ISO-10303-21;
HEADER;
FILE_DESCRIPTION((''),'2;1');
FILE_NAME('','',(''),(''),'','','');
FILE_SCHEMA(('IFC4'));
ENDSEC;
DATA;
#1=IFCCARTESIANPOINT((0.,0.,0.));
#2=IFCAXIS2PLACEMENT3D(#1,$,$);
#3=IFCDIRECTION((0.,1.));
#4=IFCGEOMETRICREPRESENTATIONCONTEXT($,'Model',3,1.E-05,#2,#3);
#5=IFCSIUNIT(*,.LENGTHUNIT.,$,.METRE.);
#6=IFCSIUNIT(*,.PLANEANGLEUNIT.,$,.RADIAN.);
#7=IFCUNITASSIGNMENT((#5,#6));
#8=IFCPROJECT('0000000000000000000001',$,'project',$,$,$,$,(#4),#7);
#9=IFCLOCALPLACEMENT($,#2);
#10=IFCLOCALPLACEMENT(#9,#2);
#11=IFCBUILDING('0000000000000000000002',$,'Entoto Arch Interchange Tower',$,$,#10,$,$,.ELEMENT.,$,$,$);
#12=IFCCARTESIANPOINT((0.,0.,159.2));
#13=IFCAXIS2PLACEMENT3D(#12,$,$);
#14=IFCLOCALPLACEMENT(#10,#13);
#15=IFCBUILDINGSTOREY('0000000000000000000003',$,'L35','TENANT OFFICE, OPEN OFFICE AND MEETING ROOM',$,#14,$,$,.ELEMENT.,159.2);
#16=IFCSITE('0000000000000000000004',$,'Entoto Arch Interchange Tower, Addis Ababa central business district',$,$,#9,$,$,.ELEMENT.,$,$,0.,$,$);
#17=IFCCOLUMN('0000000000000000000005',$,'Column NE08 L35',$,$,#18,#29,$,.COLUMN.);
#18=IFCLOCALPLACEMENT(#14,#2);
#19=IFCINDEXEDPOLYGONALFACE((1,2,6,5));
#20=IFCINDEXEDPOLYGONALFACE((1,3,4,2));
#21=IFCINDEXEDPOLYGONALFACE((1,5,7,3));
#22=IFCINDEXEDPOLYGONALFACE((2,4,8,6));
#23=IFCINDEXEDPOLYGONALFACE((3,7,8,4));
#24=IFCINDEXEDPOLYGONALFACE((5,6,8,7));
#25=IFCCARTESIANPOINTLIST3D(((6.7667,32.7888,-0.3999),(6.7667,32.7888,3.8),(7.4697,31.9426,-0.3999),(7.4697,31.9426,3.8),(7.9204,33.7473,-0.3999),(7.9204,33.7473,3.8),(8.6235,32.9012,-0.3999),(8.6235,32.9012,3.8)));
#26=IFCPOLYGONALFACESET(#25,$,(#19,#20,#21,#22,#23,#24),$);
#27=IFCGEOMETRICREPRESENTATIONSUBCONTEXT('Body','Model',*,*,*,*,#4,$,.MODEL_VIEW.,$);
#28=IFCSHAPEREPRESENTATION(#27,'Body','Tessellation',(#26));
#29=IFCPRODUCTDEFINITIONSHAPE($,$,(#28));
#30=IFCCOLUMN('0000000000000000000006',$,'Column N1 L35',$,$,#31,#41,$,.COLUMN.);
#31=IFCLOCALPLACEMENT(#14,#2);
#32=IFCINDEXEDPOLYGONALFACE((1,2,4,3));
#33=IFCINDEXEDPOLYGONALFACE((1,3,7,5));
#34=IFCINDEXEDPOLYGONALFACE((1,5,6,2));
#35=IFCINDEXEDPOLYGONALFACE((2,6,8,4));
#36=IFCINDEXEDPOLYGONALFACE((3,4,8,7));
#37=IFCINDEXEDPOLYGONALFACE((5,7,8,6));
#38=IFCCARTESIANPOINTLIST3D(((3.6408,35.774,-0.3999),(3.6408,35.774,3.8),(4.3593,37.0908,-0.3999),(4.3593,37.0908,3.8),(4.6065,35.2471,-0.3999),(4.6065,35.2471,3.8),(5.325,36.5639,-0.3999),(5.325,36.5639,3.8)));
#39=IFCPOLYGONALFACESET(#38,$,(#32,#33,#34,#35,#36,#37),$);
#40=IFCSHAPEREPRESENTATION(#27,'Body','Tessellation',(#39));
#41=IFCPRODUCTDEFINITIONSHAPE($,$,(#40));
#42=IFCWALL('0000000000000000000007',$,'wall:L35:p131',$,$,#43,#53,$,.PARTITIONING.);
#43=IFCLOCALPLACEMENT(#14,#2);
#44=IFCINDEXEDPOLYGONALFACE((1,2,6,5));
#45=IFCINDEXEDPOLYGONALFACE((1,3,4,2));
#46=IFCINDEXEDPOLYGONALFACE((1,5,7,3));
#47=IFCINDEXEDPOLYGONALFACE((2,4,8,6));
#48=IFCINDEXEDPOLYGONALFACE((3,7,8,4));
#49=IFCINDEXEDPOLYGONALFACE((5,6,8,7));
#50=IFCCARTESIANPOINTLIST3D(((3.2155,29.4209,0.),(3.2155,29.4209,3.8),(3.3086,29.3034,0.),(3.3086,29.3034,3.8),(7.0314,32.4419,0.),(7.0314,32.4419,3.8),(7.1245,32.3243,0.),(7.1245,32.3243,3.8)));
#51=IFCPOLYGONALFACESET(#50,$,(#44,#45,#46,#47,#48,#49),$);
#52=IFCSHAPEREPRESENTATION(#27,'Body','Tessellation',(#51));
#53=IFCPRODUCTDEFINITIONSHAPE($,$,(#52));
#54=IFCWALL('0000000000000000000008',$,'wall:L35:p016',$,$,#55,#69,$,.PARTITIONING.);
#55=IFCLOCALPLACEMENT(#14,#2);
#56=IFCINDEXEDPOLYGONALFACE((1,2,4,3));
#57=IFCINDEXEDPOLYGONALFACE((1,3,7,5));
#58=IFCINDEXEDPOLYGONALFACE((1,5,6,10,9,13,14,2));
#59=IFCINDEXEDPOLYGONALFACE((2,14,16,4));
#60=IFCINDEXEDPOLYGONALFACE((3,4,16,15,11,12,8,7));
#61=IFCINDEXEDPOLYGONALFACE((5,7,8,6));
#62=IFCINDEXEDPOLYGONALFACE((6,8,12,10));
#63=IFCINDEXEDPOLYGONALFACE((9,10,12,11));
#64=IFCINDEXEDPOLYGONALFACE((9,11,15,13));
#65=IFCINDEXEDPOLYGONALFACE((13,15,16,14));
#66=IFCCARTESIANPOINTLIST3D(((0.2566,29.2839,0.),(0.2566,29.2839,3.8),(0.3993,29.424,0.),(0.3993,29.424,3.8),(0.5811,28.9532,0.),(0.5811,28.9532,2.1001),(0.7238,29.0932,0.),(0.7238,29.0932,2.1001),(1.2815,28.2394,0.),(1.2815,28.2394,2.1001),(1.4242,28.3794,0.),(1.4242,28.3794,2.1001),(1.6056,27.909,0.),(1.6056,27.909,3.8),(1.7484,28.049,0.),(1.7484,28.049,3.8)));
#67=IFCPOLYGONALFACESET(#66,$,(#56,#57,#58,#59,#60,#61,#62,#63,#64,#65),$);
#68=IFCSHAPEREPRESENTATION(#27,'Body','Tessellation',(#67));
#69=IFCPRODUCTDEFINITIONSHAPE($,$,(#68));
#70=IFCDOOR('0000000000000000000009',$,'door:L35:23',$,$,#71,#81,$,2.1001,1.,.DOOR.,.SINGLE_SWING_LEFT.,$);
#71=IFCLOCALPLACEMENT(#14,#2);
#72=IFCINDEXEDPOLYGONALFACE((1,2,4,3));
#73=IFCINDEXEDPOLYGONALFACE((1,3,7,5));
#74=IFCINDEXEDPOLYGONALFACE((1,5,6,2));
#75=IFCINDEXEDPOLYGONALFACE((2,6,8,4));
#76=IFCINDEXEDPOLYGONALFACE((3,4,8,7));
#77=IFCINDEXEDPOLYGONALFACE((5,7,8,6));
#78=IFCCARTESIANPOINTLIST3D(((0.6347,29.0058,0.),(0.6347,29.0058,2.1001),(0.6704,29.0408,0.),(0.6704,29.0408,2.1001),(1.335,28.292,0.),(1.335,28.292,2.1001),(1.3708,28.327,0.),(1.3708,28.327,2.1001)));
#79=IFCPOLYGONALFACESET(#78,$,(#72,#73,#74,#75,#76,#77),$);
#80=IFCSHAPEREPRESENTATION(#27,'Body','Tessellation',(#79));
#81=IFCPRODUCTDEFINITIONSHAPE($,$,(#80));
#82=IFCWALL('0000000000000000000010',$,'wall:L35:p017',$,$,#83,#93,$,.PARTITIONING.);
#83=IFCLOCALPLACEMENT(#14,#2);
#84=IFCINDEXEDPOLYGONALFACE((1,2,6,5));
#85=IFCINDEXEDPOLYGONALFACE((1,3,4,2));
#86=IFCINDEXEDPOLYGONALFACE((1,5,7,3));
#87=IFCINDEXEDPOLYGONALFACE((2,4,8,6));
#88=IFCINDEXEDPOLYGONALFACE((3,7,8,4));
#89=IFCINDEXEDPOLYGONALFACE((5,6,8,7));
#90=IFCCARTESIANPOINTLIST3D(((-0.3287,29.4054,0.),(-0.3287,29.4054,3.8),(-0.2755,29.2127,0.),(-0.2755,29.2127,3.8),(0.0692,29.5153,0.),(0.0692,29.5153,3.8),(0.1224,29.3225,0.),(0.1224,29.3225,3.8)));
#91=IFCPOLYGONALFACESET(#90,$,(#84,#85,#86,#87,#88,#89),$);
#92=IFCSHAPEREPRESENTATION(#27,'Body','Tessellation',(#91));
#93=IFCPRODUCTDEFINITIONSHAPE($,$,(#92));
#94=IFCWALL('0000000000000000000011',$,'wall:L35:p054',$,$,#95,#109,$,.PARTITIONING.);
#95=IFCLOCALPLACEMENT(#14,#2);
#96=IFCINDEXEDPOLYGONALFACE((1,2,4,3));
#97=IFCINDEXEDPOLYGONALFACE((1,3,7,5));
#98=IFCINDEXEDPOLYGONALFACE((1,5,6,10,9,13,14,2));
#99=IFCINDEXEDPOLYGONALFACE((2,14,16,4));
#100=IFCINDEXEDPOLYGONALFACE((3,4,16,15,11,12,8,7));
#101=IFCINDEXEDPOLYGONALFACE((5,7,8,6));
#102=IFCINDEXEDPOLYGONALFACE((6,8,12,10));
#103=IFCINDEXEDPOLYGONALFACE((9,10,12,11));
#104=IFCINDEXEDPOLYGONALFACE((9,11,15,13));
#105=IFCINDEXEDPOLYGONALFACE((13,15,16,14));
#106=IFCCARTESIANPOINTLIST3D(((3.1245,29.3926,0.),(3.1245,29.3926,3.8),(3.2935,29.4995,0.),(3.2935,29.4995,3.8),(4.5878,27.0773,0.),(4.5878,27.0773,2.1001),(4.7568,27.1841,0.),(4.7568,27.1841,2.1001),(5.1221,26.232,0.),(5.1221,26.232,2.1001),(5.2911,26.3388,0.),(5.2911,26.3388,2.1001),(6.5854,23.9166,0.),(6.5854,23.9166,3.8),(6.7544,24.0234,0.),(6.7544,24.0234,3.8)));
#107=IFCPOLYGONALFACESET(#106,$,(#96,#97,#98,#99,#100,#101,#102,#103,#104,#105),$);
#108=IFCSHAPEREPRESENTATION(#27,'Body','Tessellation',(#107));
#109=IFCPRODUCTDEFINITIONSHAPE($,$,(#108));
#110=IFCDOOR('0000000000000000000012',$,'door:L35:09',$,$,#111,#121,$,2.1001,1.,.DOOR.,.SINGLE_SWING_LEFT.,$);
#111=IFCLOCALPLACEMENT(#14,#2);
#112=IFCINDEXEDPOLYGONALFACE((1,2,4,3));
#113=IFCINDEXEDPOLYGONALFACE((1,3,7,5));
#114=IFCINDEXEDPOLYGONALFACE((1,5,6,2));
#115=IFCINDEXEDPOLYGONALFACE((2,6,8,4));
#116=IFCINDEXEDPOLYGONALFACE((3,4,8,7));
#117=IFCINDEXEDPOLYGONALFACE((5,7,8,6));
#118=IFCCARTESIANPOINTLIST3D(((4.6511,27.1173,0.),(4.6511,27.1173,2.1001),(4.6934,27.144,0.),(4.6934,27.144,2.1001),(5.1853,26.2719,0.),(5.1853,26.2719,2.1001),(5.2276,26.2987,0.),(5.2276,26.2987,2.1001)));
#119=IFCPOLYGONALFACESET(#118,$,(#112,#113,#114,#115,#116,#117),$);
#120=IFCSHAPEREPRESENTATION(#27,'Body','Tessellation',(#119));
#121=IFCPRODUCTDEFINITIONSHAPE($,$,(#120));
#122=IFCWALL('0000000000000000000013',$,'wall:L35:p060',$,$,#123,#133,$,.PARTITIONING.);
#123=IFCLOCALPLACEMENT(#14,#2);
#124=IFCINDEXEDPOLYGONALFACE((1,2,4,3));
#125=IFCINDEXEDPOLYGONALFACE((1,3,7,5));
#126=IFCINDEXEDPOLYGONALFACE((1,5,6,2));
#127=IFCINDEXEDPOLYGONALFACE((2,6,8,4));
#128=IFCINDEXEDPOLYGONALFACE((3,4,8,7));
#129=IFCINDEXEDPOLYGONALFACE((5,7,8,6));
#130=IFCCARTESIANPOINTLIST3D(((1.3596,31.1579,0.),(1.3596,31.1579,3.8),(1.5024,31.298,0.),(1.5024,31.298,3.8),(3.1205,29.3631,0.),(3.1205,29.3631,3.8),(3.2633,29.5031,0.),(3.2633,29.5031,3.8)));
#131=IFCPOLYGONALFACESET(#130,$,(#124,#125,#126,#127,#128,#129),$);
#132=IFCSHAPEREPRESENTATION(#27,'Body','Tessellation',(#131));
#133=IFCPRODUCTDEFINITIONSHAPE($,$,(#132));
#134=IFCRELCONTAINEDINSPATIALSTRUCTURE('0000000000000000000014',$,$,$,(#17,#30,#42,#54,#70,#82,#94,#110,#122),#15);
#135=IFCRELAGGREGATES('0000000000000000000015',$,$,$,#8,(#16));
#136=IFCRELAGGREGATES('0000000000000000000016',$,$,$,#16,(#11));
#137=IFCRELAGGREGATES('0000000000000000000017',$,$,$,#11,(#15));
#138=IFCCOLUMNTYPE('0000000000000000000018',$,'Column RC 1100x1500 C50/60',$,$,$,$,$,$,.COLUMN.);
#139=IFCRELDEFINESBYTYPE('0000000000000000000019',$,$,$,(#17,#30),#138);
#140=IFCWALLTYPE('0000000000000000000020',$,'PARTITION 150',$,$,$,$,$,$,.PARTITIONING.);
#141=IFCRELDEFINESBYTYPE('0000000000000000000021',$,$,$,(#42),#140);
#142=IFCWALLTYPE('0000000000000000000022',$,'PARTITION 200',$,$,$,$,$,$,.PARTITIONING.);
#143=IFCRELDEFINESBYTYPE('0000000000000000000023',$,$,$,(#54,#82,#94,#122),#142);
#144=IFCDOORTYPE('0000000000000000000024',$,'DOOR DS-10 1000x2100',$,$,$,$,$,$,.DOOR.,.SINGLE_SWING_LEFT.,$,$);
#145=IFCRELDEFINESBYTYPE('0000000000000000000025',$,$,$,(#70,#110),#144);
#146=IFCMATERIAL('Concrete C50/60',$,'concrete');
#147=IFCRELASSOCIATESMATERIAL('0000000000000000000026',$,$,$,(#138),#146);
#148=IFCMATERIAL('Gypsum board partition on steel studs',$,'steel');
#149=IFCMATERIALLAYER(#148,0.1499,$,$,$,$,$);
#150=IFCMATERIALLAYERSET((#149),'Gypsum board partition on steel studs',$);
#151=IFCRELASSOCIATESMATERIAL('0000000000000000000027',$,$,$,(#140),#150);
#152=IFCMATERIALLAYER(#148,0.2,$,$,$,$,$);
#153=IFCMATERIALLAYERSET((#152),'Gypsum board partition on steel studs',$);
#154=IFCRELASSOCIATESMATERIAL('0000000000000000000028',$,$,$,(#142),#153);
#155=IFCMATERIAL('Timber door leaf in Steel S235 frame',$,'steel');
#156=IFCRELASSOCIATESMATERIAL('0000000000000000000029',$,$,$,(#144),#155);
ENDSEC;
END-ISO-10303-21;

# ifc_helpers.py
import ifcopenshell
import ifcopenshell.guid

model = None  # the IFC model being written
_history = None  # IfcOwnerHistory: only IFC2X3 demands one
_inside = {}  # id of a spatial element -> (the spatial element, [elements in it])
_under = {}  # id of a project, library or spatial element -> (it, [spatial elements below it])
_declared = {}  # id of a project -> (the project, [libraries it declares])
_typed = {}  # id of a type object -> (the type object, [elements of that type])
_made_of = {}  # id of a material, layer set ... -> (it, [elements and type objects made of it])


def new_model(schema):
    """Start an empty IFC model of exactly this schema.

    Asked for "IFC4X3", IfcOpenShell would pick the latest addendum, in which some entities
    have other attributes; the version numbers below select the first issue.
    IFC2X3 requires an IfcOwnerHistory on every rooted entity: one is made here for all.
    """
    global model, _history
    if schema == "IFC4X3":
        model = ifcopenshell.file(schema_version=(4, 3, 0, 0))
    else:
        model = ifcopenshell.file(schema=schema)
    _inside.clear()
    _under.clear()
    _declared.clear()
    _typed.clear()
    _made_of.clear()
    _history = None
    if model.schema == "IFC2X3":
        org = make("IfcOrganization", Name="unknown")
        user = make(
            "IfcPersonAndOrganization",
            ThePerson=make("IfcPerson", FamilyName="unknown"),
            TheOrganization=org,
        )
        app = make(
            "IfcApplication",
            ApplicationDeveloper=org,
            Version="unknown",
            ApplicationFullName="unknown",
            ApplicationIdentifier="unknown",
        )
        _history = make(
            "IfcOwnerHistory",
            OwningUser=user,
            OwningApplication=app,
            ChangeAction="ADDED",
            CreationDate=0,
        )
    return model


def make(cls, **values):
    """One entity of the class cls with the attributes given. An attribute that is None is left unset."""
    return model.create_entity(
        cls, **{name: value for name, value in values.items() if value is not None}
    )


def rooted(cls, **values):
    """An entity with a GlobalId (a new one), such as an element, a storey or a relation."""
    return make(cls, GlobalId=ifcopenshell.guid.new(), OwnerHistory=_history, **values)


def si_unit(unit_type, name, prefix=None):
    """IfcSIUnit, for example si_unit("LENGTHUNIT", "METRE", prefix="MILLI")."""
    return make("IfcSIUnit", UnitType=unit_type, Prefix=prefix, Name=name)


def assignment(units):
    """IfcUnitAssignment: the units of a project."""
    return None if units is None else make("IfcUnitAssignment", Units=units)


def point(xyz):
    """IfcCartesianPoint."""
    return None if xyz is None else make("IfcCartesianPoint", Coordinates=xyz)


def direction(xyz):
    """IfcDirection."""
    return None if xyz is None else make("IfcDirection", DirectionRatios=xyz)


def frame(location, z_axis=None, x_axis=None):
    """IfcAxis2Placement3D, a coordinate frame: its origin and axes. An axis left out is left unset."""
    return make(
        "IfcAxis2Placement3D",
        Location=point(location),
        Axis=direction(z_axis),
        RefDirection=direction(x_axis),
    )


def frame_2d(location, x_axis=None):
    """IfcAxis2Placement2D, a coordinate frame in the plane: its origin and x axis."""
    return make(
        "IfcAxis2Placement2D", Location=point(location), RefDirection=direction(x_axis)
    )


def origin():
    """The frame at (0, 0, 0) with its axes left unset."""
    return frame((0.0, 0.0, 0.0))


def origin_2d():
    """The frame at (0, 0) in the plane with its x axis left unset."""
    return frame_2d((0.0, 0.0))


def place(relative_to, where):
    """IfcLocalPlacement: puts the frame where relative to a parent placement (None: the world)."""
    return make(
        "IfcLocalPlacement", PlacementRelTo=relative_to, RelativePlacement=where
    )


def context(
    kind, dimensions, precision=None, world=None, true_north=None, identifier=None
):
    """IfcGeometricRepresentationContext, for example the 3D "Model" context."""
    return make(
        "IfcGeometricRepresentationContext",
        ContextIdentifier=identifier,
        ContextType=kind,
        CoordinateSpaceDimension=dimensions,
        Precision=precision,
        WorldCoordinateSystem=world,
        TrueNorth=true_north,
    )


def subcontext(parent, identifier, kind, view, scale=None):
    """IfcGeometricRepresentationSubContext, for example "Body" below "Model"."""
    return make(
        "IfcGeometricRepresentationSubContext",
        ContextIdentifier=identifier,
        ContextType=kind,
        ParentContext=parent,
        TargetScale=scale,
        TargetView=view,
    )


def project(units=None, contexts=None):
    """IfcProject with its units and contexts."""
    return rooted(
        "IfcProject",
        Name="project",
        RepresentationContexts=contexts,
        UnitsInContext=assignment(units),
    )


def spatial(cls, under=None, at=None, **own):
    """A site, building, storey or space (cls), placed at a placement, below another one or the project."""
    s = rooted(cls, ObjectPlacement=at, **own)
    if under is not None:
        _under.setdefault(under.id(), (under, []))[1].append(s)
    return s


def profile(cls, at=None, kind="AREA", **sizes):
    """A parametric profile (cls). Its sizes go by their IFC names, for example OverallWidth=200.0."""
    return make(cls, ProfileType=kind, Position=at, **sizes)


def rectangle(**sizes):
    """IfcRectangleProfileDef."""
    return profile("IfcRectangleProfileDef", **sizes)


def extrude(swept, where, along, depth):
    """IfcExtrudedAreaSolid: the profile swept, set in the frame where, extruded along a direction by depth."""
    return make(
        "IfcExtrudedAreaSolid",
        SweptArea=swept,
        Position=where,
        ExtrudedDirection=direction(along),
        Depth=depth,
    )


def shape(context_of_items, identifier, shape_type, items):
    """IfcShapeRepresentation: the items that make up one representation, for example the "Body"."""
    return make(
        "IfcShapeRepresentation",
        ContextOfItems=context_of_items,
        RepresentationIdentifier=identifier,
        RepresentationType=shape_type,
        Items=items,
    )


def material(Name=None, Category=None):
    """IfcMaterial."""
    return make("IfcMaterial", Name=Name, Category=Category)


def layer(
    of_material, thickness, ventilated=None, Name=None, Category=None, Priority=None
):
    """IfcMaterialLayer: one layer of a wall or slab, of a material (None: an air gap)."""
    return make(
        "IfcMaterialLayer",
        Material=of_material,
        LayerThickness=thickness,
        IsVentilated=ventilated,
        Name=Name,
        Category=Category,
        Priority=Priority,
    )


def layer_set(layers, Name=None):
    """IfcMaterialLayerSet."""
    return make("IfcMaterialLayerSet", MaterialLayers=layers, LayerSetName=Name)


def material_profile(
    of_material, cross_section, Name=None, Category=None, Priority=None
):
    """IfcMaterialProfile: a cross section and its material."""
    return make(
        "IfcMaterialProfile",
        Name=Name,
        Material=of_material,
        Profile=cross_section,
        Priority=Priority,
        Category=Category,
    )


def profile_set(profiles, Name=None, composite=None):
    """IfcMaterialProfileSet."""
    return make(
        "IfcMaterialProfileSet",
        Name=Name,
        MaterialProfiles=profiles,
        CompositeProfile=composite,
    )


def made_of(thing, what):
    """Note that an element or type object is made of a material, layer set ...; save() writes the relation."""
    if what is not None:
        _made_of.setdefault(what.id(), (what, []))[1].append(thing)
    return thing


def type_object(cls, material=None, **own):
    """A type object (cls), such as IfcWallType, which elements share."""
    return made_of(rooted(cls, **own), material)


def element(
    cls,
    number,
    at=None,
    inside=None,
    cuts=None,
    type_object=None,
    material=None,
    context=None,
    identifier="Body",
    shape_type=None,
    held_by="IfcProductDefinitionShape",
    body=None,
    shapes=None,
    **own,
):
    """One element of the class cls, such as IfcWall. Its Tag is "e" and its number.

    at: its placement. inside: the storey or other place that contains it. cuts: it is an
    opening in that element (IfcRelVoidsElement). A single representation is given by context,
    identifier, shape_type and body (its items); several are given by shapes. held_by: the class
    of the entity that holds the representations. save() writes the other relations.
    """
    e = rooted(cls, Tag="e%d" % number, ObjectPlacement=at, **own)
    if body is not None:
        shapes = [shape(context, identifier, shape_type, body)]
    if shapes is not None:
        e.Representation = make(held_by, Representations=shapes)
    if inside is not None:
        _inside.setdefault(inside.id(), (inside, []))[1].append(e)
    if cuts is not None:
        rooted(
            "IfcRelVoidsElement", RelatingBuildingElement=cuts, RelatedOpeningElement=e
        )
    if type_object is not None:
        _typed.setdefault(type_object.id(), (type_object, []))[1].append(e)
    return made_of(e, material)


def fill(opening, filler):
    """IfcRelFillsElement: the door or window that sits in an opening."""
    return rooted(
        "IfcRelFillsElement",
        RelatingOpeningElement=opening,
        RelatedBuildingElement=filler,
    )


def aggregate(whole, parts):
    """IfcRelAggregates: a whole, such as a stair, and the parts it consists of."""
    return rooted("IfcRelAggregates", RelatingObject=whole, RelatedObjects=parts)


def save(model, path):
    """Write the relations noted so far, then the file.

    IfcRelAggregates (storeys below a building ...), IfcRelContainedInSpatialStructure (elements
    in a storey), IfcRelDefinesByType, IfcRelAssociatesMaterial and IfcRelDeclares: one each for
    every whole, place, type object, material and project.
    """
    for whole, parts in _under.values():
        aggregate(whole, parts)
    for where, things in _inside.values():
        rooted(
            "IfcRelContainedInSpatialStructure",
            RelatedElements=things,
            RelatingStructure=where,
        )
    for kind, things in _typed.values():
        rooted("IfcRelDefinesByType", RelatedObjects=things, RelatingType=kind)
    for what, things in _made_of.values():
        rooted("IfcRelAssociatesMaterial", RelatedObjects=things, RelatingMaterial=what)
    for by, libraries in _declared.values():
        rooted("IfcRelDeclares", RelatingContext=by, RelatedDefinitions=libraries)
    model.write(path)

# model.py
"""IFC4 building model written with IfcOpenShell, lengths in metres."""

from ifc_helpers import new_model, si_unit, direction, frame, frame_2d, origin, origin_2d, place, context, subcontext, project, spatial, rectangle, extrude, material, layer, layer_set, material_profile, profile_set, type_object, element, fill, save


model = new_model("IFC4")

# Units and contexts
model_context = context("Model", 3, precision=1e-05, world=origin(), true_north=direction((0.0, 1.0)))
body_context = subcontext(model_context, "Body", "Model", "MODEL_VIEW")
ifc_project = project(units=[si_unit("LENGTHUNIT", "METRE"), si_unit("PLANEANGLEUNIT", "RADIAN")], contexts=[model_context])

# Site, building, storey
site_placement = place(None, origin())
site = spatial("IfcSite", under=ifc_project, at=site_placement, Name="Entoto Arch Interchange Tower, Addis Ababa central business district", CompositionType="ELEMENT", RefElevation=0.0)
building_placement = place(site_placement, origin())
building = spatial("IfcBuilding", under=site, at=building_placement, Name="Entoto Arch Interchange Tower", CompositionType="ELEMENT")
storey_placement = place(building_placement, frame((0.0, 0.0, 159.2)))
storey = spatial("IfcBuildingStorey", under=building, at=storey_placement, Name="L35", Description="TENANT OFFICE, OPEN OFFICE AND MEETING ROOM", CompositionType="ELEMENT", Elevation=159.2)

# Columns
ifc_material_1 = material(Name="Concrete C50/60", Category="concrete")
ifc_material_profile = material_profile(ifc_material_1, rectangle(XDim=1.1001, YDim=1.5, at=origin_2d()))
ifc_profile_set = profile_set([ifc_material_profile], Name="Concrete C50/60")
column_type = type_object("IfcColumnType", Name="Column RC 1100x1500 C50/60", PredefinedType="COLUMN", material=ifc_profile_set)
for number, where, z_axis, x_axis, name in (
    (1, (7.6951, 32.845, -0.3999), (0.0, 0.0, 1.0), (-0.63905, 0.769165, 0.0), "Column NE08 L35"),
    (2, (4.4829, 36.1689, -0.3999), (0.0, 0.0, 1.0), (-0.877833, 0.478968, 0.0), "Column N1 L35"),
):
    element("IfcColumn", number, at=place(storey_placement, frame(where, z_axis=z_axis, x_axis=x_axis)), inside=storey, type_object=column_type, Name=name, PredefinedType="COLUMN", context=body_context, shape_type="SweptSolid", body=[
        extrude(rectangle(XDim=1.1001, YDim=1.5, at=origin_2d()), origin(), (0.0, 0.0, 1.0), 4.2),
    ])

# Wall
ifc_material_2 = material(Name="Gypsum board partition on steel studs", Category="steel")
ifc_layer_1 = layer(ifc_material_2, 0.1499)
ifc_layer_set_1 = layer_set([ifc_layer_1], Name="Gypsum board partition on steel studs")
wall_type_1 = type_object("IfcWallType", Name="PARTITION 150", PredefinedType="PARTITIONING", material=ifc_layer_set_1)
wall_1_placement = place(storey_placement, frame((3.262, 29.3621, 0.0), z_axis=(0.0, 0.0, 1.0), x_axis=(0.78404, 0.620711, 0.0)))
element("IfcWall", 3, at=wall_1_placement, inside=storey, type_object=wall_type_1, Name="wall:L35:p131", PredefinedType="PARTITIONING", context=body_context, shape_type="SweptSolid", body=[
    extrude(rectangle(XDim=4.8669, YDim=0.1499, at=frame_2d((2.4336, 0.0))), origin(), (0.0, 0.0, 1.0), 3.8),
])

# Wall, opening, door
ifc_layer_2 = layer(ifc_material_2, 0.2)
ifc_layer_set_2 = layer_set([ifc_layer_2], Name="Gypsum board partition on steel studs")
wall_type_2 = type_object("IfcWallType", Name="PARTITION 200", PredefinedType="PARTITIONING", material=ifc_layer_set_2)
wall_2_placement = place(storey_placement, frame((1.677, 27.979, 0.0), z_axis=(0.0, 0.0, 1.0), x_axis=(-0.700358, 0.713792, 0.0)))
wall_2 = element("IfcWall", 4, at=wall_2_placement, inside=storey, type_object=wall_type_2, Name="wall:L35:p016", PredefinedType="PARTITIONING", context=body_context, shape_type="SweptSolid", body=[
    extrude(rectangle(XDim=1.9263, YDim=0.2, at=frame_2d((0.9631, 0.0))), origin(), (0.0, 0.0, 1.0), 3.8),
])
opening_1_placement = place(wall_2_placement, frame((0.4629, 0.0, 0.0)))
opening_1 = element("IfcOpeningElement", 5, at=opening_1_placement, cuts=wall_2, PredefinedType="OPENING", context=body_context, shape_type="SweptSolid", body=[
    extrude(rectangle(XDim=1.0, YDim=2.1001, at=frame_2d((0.5, 1.05))), frame((0.0, 0.1099, 0.0), z_axis=(0.0, -1.0, 0.0), x_axis=(1.0, 0.0, 0.0)), (0.0, 0.0, 1.0), 0.22),
])
ifc_material_3 = material(Name="Timber door leaf in Steel S235 frame", Category="steel")
door_type = type_object("IfcDoorType", Name="DOOR DS-10 1000x2100", OperationType="SINGLE_SWING_LEFT", PredefinedType="DOOR", material=ifc_material_3)
door_1_placement = place(opening_1_placement, origin())
door_1 = element("IfcDoor", 6, at=door_1_placement, inside=storey, type_object=door_type, Name="door:L35:23", OperationType="SINGLE_SWING_LEFT", OverallHeight=2.1001, OverallWidth=1.0, PredefinedType="DOOR", context=body_context, shape_type="SweptSolid", body=[
    extrude(rectangle(XDim=1.0, YDim=2.1001, at=frame_2d((0.5, 1.05))), frame((0.0, 0.0249, 0.0), z_axis=(0.0, -1.0, 0.0), x_axis=(1.0, 0.0, 0.0)), (0.0, 0.0, 1.0), 0.05),
])
fill(opening_1, door_1)

# Wall
wall_3_placement = place(storey_placement, frame((0.0959, 29.4189, 0.0), z_axis=(0.0, 0.0, 1.0), x_axis=(-0.96394, -0.266118, 0.0)))
element("IfcWall", 7, at=wall_3_placement, inside=storey, type_object=wall_type_2, Name="wall:L35:p017", PredefinedType="PARTITIONING", context=body_context, shape_type="SweptSolid", body=[
    extrude(rectangle(XDim=0.4128, YDim=0.2, at=frame_2d((0.2065, 0.0))), origin(), (0.0, 0.0, 1.0), 3.8),
])

# Wall, opening, door
wall_4_placement = place(storey_placement, frame((3.209, 29.446, 0.0), z_axis=(0.0, 0.0, 1.0), x_axis=(0.534254, -0.845324, 0.0)))
wall_4 = element("IfcWall", 8, at=wall_4_placement, inside=storey, type_object=wall_type_2, Name="wall:L35:p054", PredefinedType="PARTITIONING", context=body_context, shape_type="SweptSolid", body=[
    extrude(rectangle(XDim=6.478, YDim=0.2, at=frame_2d((3.239, 0.0))), origin(), (0.0, 0.0, 1.0), 3.8),
])
opening_2_placement = place(wall_4_placement, frame((2.739, 0.0, 0.0)))
opening_2 = element("IfcOpeningElement", 9, at=opening_2_placement, cuts=wall_4, PredefinedType="OPENING", context=body_context, shape_type="SweptSolid", body=[
    extrude(rectangle(XDim=1.0, YDim=2.1001, at=frame_2d((0.5, 1.05))), frame((0.0, 0.1099, 0.0), z_axis=(0.0, -1.0, 0.0), x_axis=(1.0, 0.0, 0.0)), (0.0, 0.0, 1.0), 0.22),
])
door_2_placement = place(opening_2_placement, origin())
door_2 = element("IfcDoor", 10, at=door_2_placement, inside=storey, type_object=door_type, Name="door:L35:09", OperationType="SINGLE_SWING_LEFT", OverallHeight=2.1001, OverallWidth=1.0, PredefinedType="DOOR", context=body_context, shape_type="SweptSolid", body=[
    extrude(rectangle(XDim=1.0, YDim=2.1001, at=frame_2d((0.5, 1.05))), frame((0.0, 0.0249, 0.0), z_axis=(0.0, -1.0, 0.0), x_axis=(1.0, 0.0, 0.0)), (0.0, 0.0, 1.0), 0.05),
])
fill(opening_2, door_2)

# Wall
wall_5_placement = place(storey_placement, frame((1.4309, 31.228, 0.0), z_axis=(0.0, 0.0, 1.0), x_axis=(0.700327, -0.713822, 0.0)))
element("IfcWall", 11, at=wall_5_placement, inside=storey, type_object=wall_type_2, Name="wall:L35:p060", PredefinedType="PARTITIONING", context=body_context, shape_type="SweptSolid", body=[
    extrude(rectangle(XDim=2.5144, YDim=0.2, at=frame_2d((1.2573, 0.0))), origin(), (0.0, 0.0, 1.0), 3.8),
])

save(model, "model.ifc")
